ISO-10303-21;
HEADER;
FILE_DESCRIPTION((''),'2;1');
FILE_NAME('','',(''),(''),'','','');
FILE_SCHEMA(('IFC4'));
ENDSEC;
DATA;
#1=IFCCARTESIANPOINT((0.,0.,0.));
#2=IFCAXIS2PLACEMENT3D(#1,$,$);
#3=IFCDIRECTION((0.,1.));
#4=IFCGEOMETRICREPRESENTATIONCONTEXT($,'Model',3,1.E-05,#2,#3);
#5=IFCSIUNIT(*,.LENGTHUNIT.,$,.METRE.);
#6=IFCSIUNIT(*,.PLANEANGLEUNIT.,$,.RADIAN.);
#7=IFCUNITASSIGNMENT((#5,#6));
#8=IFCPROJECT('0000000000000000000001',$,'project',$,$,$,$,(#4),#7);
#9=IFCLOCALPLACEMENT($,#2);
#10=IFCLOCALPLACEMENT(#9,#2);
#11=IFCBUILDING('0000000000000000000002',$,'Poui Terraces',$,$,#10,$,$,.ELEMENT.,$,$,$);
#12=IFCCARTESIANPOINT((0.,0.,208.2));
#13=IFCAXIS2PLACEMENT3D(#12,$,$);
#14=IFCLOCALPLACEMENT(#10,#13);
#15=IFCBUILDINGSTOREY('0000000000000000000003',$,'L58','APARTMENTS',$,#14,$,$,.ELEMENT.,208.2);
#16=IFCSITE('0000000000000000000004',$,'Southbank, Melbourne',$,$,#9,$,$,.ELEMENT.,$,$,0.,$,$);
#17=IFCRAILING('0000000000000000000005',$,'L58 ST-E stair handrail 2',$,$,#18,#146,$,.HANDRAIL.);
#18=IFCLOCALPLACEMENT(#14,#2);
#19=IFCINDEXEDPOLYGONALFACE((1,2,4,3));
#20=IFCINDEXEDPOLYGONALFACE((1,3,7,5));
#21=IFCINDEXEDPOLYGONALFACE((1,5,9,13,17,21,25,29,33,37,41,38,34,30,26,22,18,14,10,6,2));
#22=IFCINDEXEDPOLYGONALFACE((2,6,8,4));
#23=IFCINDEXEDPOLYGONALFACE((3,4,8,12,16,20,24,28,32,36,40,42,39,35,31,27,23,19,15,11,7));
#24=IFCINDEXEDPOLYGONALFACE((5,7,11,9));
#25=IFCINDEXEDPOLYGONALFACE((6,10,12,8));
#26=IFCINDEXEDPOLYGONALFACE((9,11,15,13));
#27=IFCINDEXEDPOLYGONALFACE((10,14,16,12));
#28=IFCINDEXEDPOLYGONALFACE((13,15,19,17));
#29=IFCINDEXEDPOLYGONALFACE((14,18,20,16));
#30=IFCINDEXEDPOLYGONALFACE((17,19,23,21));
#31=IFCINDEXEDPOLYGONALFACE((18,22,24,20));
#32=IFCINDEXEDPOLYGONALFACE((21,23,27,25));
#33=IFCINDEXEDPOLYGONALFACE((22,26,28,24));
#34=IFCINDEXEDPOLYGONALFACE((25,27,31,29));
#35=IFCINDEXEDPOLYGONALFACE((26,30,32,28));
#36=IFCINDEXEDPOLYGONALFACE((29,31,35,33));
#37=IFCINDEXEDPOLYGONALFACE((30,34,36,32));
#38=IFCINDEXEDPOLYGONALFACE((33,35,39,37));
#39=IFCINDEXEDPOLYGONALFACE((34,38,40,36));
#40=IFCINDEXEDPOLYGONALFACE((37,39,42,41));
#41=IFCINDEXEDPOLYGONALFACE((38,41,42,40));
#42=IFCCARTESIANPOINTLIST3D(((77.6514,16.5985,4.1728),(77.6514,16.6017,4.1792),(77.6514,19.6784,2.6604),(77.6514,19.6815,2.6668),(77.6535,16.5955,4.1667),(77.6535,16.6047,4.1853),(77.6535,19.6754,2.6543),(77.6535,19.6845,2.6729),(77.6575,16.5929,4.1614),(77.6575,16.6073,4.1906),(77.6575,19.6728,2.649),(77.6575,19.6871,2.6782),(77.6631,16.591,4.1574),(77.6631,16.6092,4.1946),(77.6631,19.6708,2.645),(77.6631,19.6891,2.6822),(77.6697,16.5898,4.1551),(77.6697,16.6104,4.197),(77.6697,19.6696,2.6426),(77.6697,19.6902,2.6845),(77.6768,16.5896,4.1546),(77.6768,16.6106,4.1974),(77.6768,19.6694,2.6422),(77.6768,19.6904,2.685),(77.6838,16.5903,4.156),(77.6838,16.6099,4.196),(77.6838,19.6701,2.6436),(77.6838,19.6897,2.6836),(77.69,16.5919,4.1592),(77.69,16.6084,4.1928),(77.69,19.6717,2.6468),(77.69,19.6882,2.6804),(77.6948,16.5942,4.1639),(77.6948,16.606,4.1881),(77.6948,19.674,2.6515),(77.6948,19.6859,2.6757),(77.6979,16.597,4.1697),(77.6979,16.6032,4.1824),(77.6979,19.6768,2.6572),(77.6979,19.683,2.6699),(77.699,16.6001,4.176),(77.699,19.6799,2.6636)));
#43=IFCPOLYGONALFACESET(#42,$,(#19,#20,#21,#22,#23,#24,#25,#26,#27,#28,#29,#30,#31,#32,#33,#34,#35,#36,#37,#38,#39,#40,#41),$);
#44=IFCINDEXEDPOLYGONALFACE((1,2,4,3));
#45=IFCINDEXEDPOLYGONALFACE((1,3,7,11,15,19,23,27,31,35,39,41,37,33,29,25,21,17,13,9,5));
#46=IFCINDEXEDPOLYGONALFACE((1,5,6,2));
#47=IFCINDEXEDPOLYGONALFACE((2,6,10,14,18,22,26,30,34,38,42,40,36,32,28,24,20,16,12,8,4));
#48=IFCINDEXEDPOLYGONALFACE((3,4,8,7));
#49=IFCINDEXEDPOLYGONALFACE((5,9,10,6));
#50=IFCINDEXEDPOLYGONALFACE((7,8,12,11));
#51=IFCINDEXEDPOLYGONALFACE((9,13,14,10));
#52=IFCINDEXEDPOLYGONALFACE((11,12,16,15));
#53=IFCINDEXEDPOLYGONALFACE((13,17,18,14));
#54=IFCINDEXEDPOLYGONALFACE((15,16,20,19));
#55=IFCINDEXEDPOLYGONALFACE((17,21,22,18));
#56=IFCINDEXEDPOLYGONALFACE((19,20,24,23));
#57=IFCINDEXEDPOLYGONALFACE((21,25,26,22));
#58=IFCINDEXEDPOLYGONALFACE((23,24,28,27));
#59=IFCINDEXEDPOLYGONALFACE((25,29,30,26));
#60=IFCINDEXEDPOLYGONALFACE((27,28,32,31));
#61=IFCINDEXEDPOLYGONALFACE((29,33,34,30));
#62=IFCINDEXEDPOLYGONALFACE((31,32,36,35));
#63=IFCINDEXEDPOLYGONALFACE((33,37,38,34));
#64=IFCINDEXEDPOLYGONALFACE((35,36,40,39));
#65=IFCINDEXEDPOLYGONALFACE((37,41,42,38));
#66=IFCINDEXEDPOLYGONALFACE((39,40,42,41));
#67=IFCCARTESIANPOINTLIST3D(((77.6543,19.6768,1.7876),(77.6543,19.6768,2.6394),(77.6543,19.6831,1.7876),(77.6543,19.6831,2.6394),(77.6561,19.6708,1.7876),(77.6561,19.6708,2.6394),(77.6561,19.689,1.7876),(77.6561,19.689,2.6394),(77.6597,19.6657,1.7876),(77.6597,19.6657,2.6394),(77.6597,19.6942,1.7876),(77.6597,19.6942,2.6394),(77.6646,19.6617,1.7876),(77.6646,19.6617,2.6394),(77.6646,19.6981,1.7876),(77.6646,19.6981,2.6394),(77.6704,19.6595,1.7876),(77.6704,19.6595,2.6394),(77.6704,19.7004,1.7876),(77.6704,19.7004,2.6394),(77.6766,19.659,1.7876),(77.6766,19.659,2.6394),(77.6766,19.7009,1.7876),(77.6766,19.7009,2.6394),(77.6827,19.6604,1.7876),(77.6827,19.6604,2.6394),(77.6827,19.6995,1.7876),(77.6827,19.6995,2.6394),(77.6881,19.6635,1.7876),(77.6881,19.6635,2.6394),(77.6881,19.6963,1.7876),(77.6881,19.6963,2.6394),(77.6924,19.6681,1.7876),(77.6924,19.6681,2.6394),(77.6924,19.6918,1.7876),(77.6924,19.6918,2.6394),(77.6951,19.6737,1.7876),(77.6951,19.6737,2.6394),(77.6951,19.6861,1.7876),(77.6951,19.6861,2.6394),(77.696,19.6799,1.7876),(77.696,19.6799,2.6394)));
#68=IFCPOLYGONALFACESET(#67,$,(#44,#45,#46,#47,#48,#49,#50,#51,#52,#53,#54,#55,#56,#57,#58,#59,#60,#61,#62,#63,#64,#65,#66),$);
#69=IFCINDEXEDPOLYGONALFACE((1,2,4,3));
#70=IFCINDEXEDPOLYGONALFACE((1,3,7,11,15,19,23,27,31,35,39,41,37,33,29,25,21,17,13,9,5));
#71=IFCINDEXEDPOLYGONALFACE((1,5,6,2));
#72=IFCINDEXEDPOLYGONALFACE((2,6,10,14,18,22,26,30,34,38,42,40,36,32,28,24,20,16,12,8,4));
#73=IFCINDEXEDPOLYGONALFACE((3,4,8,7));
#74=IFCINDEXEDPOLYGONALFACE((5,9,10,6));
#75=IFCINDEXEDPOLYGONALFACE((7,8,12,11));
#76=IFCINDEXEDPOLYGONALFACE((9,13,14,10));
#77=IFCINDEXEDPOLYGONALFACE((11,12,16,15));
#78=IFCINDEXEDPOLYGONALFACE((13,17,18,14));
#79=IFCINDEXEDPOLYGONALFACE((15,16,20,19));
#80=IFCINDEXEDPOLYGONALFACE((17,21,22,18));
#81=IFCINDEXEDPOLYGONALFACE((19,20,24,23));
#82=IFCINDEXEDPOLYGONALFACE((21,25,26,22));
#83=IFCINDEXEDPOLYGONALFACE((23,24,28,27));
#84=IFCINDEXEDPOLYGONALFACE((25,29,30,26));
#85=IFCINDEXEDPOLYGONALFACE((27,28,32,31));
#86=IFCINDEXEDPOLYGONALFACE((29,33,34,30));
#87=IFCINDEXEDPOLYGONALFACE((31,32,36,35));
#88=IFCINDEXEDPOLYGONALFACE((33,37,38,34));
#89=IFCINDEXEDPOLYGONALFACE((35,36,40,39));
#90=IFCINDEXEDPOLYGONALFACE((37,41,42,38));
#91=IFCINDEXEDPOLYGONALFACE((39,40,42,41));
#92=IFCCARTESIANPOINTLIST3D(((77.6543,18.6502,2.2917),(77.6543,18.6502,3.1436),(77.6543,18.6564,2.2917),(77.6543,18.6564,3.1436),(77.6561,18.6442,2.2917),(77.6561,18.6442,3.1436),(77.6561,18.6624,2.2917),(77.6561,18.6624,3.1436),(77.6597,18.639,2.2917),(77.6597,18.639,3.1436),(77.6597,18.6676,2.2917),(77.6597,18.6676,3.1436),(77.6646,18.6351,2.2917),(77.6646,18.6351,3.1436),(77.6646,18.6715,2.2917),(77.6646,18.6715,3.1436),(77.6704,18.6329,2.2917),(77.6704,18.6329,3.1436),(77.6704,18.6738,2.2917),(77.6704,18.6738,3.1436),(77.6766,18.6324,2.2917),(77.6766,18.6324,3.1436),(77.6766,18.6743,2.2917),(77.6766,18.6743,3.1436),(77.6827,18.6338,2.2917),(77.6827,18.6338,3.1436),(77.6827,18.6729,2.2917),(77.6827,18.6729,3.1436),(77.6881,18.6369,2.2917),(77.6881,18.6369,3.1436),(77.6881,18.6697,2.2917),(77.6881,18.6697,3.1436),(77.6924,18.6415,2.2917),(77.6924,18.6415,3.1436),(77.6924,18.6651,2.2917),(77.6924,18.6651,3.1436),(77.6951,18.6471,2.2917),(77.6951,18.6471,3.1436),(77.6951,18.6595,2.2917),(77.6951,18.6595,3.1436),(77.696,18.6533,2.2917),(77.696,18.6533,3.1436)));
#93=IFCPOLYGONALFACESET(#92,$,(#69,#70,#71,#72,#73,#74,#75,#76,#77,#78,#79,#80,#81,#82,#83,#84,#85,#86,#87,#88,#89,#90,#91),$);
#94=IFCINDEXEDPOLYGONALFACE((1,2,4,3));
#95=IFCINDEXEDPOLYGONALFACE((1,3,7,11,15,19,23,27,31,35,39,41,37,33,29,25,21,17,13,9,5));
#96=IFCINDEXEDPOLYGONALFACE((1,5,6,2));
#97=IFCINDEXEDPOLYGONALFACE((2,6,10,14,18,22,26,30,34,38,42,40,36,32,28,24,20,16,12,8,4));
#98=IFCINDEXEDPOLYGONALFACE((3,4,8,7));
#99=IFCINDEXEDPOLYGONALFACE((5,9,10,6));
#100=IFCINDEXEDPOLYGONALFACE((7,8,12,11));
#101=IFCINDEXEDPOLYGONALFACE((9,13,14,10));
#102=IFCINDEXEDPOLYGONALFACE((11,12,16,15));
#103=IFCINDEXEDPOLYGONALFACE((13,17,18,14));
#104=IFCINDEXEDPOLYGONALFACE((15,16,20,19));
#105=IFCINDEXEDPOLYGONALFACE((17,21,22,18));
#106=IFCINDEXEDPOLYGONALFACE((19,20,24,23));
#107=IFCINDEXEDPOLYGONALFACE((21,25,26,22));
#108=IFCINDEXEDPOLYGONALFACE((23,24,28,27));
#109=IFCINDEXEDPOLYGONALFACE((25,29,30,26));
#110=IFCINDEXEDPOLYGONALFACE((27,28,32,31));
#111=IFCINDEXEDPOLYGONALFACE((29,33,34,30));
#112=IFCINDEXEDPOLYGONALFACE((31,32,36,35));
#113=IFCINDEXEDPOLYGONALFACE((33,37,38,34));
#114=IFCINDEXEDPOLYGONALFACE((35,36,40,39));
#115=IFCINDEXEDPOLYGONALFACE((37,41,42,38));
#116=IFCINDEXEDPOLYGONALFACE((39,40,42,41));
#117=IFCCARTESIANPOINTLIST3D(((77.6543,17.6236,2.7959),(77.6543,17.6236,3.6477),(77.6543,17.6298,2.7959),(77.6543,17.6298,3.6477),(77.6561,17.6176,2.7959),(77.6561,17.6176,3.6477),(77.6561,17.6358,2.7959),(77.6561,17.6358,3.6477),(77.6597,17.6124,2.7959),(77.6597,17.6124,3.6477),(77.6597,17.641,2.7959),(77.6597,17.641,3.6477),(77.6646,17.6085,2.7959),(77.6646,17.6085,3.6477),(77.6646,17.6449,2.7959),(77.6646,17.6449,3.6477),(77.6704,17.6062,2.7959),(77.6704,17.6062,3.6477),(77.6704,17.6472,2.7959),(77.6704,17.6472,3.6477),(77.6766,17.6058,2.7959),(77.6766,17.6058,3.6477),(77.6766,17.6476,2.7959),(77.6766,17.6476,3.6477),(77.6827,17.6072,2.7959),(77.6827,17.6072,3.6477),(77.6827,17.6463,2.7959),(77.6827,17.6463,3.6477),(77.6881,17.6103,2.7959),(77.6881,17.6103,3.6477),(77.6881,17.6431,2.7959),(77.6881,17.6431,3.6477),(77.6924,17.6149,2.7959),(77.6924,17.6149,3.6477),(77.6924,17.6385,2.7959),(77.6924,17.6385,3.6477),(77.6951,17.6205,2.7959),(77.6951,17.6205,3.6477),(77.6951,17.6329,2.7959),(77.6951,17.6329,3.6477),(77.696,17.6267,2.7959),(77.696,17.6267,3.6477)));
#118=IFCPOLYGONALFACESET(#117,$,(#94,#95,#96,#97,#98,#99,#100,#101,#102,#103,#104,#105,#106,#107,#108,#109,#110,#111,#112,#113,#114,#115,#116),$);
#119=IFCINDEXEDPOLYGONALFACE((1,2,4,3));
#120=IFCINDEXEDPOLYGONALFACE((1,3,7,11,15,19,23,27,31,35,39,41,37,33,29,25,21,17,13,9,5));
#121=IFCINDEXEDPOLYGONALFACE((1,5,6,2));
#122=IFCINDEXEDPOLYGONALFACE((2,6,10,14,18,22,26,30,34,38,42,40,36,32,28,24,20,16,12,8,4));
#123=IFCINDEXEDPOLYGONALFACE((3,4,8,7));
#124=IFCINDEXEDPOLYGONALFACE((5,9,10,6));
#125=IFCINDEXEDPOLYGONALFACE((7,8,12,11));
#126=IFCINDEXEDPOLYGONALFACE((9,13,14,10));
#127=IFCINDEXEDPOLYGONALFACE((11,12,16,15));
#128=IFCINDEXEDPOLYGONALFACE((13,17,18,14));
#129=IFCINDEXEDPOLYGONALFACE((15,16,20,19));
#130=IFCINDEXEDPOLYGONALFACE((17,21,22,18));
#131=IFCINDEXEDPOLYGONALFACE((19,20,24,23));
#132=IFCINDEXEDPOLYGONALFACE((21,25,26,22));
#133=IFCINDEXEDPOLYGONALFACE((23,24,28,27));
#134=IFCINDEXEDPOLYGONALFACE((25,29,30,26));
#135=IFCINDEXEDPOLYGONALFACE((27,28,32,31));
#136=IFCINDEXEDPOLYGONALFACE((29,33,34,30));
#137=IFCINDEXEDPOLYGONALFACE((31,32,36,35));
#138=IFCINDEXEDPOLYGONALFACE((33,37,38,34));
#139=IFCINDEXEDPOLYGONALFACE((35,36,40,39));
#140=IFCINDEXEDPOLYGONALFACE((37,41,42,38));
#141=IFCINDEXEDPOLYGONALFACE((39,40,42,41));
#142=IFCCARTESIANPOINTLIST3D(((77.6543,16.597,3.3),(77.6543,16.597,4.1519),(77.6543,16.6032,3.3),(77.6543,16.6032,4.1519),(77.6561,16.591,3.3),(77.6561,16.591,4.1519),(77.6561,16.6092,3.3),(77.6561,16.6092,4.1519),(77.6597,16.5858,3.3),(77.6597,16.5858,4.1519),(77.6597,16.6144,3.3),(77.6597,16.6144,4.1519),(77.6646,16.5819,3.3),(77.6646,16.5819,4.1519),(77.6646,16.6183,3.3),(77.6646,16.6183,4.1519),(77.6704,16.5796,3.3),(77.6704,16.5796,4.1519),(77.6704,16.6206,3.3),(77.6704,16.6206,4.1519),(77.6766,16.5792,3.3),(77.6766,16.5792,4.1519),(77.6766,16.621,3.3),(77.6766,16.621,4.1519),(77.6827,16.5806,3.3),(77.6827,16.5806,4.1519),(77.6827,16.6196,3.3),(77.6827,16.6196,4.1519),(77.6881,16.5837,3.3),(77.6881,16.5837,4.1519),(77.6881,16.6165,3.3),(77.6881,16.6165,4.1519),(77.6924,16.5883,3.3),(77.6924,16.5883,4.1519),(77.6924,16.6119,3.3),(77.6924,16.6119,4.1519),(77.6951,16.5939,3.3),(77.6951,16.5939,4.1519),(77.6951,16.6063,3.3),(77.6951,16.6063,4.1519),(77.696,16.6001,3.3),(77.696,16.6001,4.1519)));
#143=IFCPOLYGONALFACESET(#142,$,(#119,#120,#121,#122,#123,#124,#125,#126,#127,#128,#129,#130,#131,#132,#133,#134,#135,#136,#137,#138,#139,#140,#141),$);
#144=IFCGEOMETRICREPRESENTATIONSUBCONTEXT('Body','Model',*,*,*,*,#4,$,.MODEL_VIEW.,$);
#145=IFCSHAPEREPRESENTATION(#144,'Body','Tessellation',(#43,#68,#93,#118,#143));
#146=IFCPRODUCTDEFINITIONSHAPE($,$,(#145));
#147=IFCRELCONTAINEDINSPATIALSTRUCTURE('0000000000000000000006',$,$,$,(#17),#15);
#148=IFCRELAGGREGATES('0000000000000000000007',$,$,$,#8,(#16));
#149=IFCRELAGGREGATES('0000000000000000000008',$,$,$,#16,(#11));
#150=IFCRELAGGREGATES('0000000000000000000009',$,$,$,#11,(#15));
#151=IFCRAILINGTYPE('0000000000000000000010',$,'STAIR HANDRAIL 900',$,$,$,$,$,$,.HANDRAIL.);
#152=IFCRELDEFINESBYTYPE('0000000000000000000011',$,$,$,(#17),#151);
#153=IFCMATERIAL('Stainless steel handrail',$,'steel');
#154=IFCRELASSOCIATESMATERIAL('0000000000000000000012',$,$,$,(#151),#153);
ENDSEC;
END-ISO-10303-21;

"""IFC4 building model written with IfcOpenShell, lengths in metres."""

from ifc_helpers import new_model, si_unit, direction, frame, origin, origin_2d, place, context, subcontext, project, spatial, circle, extrude, material, type_object, element, save


model = new_model("IFC4")

# Units and contexts
model_context = context("Model", 3, precision=1e-05, world=origin(), true_north=direction((0.0, 1.0)))
body_context = subcontext(model_context, "Body", "Model", "MODEL_VIEW")
ifc_project = project(units=[si_unit("LENGTHUNIT", "METRE"), si_unit("PLANEANGLEUNIT", "RADIAN")], contexts=[model_context])

# Site, building, storey
site_placement = place(None, origin())
site = spatial("IfcSite", under=ifc_project, at=site_placement, Name="Southbank, Melbourne", CompositionType="ELEMENT", RefElevation=0.0)
building_placement = place(site_placement, origin())
building = spatial("IfcBuilding", under=site, at=building_placement, Name="Poui Terraces", CompositionType="ELEMENT")
storey_placement = place(building_placement, frame((0.0, 0.0, 208.2)))
storey = spatial("IfcBuildingStorey", under=building, at=storey_placement, Name="L58", Description="APARTMENTS", CompositionType="ELEMENT", Elevation=208.2)

# Railing
ifc_material_1 = material(Name="Stainless steel handrail", Category="steel")
railing_type_1 = type_object("IfcRailingType", Name="STAIR HANDRAIL 900", PredefinedType="HANDRAIL", material=ifc_material_1)
railing_1_placement = place(storey_placement, frame((77.675, 19.6799, 1.7876)))
element("IfcRailing", 1, at=railing_1_placement, inside=storey, type_object=railing_type_1, Name="L58 ST-E stair handrail 2", PredefinedType="HANDRAIL", context=body_context, shape_type="SweptSolid", body=[
    extrude(circle(Radius=0.0239, at=origin_2d()), frame((0.0, 0.0, 0.876), z_axis=(0.0, -0.897606, 0.440798), x_axis=(1.0, 0.0, 0.0)), (0.0, 0.0, 1.0), 3.4312),
    extrude(circle(Radius=0.021, at=origin_2d()), origin(), (0.0, 0.0, 1.0), 0.8518),
    extrude(circle(Radius=0.021, at=origin_2d()), frame((0.0, -1.0266, 0.5042)), (0.0, 0.0, 1.0), 0.8518),
    extrude(circle(Radius=0.021, at=origin_2d()), frame((0.0, -2.0532, 1.0083)), (0.0, 0.0, 1.0), 0.8518),
    extrude(circle(Radius=0.021, at=origin_2d()), frame((0.0, -3.0798, 1.5125)), (0.0, 0.0, 1.0), 0.8518),
])

save(model, "model.ifc")
